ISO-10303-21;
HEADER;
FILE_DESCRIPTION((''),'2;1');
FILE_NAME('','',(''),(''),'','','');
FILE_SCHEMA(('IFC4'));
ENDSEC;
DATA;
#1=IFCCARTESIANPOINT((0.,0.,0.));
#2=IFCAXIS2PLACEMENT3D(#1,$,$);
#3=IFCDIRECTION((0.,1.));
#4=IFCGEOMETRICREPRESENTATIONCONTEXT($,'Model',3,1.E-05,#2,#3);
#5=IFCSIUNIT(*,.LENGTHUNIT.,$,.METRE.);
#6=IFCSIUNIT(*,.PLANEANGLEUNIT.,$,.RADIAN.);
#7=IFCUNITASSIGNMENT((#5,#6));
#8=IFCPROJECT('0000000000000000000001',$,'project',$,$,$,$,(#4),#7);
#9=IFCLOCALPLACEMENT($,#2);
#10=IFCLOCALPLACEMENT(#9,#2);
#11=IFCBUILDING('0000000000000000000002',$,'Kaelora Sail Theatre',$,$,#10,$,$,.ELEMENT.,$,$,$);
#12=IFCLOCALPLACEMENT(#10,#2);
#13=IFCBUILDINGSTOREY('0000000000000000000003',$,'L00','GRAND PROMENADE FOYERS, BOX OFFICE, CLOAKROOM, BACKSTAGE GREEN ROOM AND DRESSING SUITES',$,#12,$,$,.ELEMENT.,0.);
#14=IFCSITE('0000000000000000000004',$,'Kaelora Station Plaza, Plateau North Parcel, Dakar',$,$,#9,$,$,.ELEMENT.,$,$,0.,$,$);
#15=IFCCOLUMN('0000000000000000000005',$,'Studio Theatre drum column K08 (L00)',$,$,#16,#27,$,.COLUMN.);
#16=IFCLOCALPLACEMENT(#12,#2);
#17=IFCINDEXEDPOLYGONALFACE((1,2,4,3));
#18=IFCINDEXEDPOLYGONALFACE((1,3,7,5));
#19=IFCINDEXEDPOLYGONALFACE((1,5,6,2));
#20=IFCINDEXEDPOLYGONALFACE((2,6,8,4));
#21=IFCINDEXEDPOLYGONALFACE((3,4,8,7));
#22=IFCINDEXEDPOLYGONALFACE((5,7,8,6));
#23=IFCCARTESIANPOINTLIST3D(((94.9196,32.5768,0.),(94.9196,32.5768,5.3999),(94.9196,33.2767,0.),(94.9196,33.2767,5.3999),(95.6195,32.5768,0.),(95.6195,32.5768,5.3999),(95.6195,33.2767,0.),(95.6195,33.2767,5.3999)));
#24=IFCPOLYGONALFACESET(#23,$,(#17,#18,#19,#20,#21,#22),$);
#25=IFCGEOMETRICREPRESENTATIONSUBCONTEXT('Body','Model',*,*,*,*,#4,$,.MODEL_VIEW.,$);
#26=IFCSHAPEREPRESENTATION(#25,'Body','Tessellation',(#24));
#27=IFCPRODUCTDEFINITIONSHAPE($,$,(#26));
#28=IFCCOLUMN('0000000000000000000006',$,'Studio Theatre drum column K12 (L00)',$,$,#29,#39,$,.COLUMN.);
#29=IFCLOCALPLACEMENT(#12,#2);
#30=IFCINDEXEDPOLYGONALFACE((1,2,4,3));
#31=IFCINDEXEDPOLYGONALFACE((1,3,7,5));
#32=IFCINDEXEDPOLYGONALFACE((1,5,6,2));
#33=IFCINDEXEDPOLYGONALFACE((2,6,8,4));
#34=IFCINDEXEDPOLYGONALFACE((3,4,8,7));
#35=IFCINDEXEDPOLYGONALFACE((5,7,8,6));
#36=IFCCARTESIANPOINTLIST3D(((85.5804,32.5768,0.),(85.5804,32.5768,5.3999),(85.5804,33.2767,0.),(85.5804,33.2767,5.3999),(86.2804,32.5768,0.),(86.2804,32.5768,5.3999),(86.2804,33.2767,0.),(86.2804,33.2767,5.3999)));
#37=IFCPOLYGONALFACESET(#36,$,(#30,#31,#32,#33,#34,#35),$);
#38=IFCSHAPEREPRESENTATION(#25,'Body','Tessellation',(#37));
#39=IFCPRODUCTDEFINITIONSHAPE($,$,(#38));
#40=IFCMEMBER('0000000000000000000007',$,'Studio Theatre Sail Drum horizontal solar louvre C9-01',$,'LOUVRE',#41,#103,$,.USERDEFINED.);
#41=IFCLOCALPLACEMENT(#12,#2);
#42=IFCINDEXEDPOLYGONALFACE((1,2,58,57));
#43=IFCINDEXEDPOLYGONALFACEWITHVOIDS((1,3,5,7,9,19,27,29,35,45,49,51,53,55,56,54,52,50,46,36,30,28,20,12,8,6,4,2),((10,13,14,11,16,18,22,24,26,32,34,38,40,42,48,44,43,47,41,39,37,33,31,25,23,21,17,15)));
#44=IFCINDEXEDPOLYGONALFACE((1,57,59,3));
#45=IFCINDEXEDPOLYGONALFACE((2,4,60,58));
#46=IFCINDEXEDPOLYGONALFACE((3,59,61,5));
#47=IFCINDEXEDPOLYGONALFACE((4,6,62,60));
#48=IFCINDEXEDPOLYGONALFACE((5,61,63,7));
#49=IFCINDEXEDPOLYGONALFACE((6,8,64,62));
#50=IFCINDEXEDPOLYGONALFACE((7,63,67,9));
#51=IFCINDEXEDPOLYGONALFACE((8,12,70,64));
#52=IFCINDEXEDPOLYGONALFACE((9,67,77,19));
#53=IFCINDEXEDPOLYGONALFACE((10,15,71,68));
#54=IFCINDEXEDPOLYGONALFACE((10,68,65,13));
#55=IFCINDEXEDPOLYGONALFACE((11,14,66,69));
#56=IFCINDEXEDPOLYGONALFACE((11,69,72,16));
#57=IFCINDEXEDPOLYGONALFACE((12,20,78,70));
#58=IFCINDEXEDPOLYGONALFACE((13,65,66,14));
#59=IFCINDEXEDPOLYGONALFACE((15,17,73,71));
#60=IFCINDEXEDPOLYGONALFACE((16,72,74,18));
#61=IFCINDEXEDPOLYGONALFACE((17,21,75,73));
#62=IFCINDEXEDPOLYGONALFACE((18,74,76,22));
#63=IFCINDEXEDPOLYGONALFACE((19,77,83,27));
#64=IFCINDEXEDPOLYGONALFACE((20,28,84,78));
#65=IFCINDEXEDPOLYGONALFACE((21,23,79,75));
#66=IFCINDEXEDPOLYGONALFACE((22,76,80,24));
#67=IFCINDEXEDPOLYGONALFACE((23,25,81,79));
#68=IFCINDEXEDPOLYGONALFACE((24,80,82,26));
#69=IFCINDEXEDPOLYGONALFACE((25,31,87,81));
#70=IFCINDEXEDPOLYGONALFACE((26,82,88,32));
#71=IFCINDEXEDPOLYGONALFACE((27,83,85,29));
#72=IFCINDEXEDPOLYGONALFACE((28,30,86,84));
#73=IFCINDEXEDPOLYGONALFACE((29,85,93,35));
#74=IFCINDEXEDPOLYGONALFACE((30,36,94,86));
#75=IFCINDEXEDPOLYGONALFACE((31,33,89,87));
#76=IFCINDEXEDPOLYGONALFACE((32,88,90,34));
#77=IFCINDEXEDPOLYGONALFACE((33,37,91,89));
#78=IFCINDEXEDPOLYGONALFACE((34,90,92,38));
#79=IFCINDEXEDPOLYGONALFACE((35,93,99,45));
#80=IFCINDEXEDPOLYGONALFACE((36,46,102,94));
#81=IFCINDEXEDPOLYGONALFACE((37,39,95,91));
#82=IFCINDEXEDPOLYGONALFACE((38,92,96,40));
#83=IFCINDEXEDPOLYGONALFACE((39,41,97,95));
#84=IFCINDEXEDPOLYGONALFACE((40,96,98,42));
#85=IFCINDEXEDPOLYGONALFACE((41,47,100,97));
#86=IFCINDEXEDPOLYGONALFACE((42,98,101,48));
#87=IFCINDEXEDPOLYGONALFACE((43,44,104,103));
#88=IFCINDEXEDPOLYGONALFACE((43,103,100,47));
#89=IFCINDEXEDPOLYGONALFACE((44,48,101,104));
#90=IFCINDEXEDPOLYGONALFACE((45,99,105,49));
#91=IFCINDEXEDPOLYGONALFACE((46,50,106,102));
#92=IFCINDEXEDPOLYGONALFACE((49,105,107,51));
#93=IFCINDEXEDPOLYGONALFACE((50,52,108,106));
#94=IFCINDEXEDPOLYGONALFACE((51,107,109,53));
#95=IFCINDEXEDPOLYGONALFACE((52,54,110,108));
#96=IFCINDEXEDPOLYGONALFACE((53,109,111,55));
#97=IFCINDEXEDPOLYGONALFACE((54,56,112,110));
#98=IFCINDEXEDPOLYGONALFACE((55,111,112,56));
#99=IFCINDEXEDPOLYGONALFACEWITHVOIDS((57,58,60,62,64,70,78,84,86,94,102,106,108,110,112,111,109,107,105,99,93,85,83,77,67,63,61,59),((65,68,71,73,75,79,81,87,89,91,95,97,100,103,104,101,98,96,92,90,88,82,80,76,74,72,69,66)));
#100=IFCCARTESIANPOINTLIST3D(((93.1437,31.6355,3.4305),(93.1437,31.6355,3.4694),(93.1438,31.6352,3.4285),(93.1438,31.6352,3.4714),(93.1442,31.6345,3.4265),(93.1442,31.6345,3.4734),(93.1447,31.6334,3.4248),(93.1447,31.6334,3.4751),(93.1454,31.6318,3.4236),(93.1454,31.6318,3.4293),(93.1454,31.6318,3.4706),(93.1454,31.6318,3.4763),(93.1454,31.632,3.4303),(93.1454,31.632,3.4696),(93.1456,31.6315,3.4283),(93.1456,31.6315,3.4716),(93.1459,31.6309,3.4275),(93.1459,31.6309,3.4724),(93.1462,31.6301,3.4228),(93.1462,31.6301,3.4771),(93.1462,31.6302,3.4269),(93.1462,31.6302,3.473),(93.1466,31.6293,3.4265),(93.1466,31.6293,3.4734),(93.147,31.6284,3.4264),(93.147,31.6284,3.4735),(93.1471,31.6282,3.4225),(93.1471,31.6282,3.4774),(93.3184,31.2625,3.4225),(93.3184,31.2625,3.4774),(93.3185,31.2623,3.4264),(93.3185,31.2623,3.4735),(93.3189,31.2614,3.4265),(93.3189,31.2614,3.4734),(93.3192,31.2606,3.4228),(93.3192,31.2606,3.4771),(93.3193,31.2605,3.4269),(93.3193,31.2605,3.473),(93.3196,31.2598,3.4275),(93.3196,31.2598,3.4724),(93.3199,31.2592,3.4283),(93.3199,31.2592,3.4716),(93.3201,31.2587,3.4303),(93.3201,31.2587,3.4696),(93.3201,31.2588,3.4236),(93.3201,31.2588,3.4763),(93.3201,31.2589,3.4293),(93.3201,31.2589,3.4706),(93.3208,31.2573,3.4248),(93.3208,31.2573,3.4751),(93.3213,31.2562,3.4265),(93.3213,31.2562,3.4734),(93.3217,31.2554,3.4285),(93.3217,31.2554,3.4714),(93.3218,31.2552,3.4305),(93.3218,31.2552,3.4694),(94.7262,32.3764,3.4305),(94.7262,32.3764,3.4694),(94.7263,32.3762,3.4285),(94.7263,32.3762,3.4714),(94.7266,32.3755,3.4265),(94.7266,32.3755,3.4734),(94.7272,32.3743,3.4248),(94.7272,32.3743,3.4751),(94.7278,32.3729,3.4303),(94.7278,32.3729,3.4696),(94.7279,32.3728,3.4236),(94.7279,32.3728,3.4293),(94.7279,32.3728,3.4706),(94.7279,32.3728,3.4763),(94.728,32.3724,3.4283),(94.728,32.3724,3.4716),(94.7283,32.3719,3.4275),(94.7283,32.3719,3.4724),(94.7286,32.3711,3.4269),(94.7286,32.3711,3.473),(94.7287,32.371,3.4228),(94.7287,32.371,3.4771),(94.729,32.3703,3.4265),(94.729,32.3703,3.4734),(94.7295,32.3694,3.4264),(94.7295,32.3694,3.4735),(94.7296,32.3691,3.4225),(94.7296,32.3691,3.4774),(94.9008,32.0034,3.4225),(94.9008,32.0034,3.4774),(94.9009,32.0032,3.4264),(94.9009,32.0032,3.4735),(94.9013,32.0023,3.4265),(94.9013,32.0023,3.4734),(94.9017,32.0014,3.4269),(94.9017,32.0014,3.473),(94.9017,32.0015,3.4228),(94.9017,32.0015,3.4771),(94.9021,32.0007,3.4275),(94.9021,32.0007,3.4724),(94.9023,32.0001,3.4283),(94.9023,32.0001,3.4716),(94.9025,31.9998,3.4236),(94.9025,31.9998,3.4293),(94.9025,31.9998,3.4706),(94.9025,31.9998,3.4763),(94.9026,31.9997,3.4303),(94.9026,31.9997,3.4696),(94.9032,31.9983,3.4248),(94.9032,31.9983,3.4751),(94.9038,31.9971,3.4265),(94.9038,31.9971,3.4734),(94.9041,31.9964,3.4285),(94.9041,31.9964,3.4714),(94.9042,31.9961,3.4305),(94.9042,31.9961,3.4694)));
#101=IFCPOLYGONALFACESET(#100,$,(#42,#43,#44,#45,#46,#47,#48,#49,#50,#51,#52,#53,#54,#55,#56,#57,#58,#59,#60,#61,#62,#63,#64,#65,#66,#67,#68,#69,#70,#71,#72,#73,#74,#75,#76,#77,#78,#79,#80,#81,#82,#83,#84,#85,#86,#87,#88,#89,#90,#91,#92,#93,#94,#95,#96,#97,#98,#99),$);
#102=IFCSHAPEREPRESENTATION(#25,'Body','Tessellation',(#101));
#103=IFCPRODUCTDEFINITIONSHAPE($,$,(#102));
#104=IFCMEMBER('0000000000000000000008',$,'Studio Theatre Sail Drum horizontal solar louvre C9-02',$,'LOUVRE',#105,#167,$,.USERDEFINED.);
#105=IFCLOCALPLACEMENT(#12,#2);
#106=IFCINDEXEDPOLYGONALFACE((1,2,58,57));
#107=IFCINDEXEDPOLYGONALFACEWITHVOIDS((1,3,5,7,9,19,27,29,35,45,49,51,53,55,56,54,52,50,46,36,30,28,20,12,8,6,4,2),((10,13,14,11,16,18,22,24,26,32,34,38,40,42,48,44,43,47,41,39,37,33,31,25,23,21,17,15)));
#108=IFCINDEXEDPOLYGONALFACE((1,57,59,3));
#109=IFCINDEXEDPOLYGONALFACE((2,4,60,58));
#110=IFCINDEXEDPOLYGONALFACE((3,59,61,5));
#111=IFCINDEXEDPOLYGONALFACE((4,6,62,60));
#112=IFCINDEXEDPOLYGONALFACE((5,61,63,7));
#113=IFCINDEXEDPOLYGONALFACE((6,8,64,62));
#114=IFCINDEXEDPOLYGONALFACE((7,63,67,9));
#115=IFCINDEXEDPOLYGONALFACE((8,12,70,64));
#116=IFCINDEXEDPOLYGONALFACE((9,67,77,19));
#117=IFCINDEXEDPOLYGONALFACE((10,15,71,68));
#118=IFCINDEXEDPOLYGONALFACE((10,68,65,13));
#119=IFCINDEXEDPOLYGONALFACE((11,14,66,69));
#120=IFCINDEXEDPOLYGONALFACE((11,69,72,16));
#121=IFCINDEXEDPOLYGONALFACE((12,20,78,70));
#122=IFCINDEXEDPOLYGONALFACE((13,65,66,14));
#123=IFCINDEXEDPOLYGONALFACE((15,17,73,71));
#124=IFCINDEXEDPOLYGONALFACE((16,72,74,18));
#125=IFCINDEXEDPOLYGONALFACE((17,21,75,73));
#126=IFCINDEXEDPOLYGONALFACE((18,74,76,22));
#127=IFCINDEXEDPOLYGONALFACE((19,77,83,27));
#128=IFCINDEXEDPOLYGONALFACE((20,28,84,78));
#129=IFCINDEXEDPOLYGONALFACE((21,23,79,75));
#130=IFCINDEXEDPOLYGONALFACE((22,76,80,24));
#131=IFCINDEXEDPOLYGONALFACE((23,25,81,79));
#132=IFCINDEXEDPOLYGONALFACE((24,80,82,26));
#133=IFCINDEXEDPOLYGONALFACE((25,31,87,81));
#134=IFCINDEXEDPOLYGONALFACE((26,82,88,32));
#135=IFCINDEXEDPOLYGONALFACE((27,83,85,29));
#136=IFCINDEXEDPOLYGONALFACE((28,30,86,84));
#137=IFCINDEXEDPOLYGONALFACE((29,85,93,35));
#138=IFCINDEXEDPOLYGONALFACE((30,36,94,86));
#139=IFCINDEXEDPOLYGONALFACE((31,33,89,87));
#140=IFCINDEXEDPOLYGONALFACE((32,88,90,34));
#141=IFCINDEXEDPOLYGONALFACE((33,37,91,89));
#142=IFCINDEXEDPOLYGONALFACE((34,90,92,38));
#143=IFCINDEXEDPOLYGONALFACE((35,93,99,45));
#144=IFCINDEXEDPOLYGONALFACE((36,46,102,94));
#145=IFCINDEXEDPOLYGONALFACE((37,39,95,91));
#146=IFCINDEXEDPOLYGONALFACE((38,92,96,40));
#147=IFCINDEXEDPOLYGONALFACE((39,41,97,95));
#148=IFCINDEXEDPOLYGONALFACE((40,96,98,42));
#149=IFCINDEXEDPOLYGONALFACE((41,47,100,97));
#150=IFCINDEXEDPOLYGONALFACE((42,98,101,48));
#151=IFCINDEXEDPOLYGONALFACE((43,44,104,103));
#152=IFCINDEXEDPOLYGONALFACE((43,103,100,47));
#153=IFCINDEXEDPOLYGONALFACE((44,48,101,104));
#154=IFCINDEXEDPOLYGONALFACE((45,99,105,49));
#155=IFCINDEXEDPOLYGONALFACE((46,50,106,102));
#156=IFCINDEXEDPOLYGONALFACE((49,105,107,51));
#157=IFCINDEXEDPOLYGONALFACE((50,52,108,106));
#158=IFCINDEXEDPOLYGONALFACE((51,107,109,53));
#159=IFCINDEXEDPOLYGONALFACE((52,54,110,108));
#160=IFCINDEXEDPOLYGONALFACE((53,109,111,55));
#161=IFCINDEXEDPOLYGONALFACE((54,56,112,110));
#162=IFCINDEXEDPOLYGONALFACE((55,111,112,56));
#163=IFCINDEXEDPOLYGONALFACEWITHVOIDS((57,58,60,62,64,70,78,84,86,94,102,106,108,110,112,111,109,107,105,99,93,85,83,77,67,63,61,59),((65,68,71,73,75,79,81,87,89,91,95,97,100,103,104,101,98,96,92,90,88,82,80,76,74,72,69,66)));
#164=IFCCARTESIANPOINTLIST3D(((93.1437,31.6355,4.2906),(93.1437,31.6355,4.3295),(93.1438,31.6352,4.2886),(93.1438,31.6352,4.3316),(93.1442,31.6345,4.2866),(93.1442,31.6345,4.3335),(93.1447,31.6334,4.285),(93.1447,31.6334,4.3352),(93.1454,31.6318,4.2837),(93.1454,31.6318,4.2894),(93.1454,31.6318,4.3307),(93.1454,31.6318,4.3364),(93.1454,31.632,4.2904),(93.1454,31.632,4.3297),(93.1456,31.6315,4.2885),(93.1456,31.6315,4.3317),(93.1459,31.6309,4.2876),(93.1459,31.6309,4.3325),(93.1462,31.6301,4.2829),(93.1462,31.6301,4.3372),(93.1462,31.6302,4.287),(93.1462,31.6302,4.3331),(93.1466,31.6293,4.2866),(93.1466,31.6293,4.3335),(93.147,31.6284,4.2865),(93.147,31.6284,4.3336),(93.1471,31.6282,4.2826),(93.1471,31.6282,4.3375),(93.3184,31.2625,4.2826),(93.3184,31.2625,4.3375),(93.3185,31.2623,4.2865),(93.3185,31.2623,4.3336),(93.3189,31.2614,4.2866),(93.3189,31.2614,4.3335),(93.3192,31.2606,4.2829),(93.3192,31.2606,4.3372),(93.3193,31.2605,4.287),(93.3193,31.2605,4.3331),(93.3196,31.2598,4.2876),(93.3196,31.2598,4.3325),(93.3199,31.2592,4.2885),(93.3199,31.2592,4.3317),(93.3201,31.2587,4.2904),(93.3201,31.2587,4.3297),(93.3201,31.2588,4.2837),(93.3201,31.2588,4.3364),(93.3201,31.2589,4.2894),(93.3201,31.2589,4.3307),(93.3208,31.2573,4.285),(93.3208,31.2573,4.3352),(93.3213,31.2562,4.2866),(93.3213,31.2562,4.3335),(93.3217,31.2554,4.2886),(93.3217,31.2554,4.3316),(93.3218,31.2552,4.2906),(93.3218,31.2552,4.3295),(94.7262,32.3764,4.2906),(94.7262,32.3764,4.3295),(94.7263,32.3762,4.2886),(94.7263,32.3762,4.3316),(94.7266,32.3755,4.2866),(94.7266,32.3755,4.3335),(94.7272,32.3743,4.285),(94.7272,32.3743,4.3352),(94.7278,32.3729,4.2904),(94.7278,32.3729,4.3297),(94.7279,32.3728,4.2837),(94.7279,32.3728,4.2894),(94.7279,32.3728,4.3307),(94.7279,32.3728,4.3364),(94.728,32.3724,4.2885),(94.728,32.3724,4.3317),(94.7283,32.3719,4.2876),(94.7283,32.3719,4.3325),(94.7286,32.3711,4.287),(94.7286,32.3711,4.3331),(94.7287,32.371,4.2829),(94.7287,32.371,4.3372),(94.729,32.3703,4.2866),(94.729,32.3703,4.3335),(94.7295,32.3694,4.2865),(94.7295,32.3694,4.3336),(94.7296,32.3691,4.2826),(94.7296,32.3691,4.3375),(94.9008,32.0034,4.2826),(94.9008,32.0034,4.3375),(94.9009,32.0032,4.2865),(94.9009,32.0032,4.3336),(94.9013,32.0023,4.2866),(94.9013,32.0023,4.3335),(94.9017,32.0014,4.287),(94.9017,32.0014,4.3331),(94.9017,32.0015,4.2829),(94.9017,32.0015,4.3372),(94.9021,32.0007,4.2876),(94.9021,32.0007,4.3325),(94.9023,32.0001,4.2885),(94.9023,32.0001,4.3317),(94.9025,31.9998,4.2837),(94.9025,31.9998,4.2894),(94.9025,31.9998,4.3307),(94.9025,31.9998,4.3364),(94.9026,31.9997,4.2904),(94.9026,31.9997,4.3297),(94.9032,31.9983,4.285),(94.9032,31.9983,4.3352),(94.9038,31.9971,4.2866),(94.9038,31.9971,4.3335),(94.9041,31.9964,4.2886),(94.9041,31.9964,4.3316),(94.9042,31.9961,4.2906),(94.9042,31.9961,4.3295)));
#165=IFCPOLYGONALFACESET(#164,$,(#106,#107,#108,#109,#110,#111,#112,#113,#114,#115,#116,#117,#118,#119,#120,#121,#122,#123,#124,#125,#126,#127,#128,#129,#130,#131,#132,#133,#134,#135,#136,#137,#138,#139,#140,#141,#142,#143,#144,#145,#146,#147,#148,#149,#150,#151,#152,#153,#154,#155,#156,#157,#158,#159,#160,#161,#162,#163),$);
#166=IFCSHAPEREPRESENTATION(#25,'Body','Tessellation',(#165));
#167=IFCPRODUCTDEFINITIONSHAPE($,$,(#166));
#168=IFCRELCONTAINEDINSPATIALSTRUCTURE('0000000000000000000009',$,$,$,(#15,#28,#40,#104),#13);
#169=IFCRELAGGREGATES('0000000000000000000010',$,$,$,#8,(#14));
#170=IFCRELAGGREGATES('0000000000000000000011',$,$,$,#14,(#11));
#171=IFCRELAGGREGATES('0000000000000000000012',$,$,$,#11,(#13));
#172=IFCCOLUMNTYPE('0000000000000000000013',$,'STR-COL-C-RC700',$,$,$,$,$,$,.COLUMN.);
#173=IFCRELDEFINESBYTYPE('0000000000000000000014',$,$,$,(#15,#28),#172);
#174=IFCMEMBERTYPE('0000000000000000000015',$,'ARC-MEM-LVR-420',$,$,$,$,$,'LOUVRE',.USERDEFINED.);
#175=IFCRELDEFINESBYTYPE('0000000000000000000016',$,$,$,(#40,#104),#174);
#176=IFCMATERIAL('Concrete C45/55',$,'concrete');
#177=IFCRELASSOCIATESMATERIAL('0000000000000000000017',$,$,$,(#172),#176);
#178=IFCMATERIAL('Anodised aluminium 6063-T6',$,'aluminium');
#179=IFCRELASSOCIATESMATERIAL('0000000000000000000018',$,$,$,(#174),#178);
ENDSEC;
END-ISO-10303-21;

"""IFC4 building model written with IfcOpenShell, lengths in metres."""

from ifc_helpers import new_model, si_unit, direction, frame, origin, origin_2d, place, context, subcontext, project, spatial, rectangle, hollow_rectangle, extrude, material, material_profile, profile_set, type_object, element, save


model = new_model("IFC4")

# Units and contexts
model_context = context("Model", 3, precision=1e-05, world=origin(), true_north=direction((0.0, 1.0)))
body_context = subcontext(model_context, "Body", "Model", "MODEL_VIEW")
ifc_project = project(units=[si_unit("LENGTHUNIT", "METRE"), si_unit("PLANEANGLEUNIT", "RADIAN")], contexts=[model_context])

# Site, building, storey
site_placement = place(None, origin())
site = spatial("IfcSite", under=ifc_project, at=site_placement, Name="Kaelora Station Plaza, Plateau North Parcel, Dakar", CompositionType="ELEMENT", RefElevation=0.0)
building_placement = place(site_placement, origin())
building = spatial("IfcBuilding", under=site, at=building_placement, Name="Kaelora Sail Theatre", CompositionType="ELEMENT")
storey_placement = place(building_placement, origin())
storey = spatial("IfcBuildingStorey", under=building, at=storey_placement, Name="L00", Description="GRAND PROMENADE FOYERS, BOX OFFICE, CLOAKROOM, BACKSTAGE GREEN ROOM AND DRESSING SUITES", CompositionType="ELEMENT", Elevation=0.0)

# Columns
ifc_material_1 = material(Name="Concrete C45/55", Category="concrete")
ifc_material_profile_1 = material_profile(ifc_material_1, rectangle(XDim=0.7, YDim=0.7, at=origin_2d()), Name="RC-COL 700x700")
ifc_profile_set_1 = profile_set([ifc_material_profile_1], Name="Concrete C45/55")
column_type = type_object("IfcColumnType", Name="STR-COL-C-RC700", PredefinedType="COLUMN", material=ifc_profile_set_1)
for number, where, z_axis, x_axis, name in (
    (1, (95.2695, 32.9268, 0.0), (0.0, 0.0, 1.0), (1.0, 0.0, 0.0), "Studio Theatre drum column K08 (L00)"),
    (2, (85.9304, 32.9268, 0.0), (0.0, 0.0, 1.0), (1.0, 0.0, 0.0), "Studio Theatre drum column K12 (L00)"),
):
    element("IfcColumn", number, at=place(storey_placement, frame(where, z_axis=z_axis, x_axis=x_axis)), inside=storey, type_object=column_type, Name=name, PredefinedType="COLUMN", context=body_context, shape_type="SweptSolid", body=[
        extrude(rectangle(XDim=0.7, YDim=0.7, at=origin_2d()), origin(), (0.0, 0.0, 1.0), 5.3999),
    ])

# Members
ifc_material_2 = material(Name="Anodised aluminium 6063-T6", Category="aluminium")
ifc_material_profile_2 = material_profile(ifc_material_2, hollow_rectangle(XDim=0.4199, YDim=0.0549, WallThickness=0.0039, InnerFilletRadius=0.0039, OuterFilletRadius=0.0081, at=origin_2d()), Name="LOUVRE 420x55x4")
ifc_profile_set_2 = profile_set([ifc_material_profile_2], Name="Anodised aluminium 6063-T6")
member_type_1 = type_object("IfcMemberType", Name="ARC-MEM-LVR-420", ElementType="LOUVRE", PredefinedType="USERDEFINED", material=ifc_profile_set_2)
for number, where, z_axis, x_axis, name in (
    (3, (94.8152, 32.1863, 3.45), (-0.905643, -0.42404, 0.0), (0.42404, -0.905643, 0.0), "Studio Theatre Sail Drum horizontal solar louvre C9-01"),
    (4, (94.8152, 32.1863, 4.3101), (-0.905643, -0.42404, 0.0), (0.42404, -0.905643, 0.0), "Studio Theatre Sail Drum horizontal solar louvre C9-02"),
):
    element("IfcMember", number, at=place(storey_placement, frame(where, z_axis=z_axis, x_axis=x_axis)), inside=storey, type_object=member_type_1, Name=name, ObjectType="LOUVRE", PredefinedType="USERDEFINED", context=body_context, shape_type="SweptSolid", body=[
        extrude(hollow_rectangle(XDim=0.4199, YDim=0.0549, WallThickness=0.0039, InnerFilletRadius=0.0039, OuterFilletRadius=0.0081, at=origin_2d()), origin(), (0.0, 0.0, 1.0), 1.7473),
    ])

save(model, "model.ifc")
